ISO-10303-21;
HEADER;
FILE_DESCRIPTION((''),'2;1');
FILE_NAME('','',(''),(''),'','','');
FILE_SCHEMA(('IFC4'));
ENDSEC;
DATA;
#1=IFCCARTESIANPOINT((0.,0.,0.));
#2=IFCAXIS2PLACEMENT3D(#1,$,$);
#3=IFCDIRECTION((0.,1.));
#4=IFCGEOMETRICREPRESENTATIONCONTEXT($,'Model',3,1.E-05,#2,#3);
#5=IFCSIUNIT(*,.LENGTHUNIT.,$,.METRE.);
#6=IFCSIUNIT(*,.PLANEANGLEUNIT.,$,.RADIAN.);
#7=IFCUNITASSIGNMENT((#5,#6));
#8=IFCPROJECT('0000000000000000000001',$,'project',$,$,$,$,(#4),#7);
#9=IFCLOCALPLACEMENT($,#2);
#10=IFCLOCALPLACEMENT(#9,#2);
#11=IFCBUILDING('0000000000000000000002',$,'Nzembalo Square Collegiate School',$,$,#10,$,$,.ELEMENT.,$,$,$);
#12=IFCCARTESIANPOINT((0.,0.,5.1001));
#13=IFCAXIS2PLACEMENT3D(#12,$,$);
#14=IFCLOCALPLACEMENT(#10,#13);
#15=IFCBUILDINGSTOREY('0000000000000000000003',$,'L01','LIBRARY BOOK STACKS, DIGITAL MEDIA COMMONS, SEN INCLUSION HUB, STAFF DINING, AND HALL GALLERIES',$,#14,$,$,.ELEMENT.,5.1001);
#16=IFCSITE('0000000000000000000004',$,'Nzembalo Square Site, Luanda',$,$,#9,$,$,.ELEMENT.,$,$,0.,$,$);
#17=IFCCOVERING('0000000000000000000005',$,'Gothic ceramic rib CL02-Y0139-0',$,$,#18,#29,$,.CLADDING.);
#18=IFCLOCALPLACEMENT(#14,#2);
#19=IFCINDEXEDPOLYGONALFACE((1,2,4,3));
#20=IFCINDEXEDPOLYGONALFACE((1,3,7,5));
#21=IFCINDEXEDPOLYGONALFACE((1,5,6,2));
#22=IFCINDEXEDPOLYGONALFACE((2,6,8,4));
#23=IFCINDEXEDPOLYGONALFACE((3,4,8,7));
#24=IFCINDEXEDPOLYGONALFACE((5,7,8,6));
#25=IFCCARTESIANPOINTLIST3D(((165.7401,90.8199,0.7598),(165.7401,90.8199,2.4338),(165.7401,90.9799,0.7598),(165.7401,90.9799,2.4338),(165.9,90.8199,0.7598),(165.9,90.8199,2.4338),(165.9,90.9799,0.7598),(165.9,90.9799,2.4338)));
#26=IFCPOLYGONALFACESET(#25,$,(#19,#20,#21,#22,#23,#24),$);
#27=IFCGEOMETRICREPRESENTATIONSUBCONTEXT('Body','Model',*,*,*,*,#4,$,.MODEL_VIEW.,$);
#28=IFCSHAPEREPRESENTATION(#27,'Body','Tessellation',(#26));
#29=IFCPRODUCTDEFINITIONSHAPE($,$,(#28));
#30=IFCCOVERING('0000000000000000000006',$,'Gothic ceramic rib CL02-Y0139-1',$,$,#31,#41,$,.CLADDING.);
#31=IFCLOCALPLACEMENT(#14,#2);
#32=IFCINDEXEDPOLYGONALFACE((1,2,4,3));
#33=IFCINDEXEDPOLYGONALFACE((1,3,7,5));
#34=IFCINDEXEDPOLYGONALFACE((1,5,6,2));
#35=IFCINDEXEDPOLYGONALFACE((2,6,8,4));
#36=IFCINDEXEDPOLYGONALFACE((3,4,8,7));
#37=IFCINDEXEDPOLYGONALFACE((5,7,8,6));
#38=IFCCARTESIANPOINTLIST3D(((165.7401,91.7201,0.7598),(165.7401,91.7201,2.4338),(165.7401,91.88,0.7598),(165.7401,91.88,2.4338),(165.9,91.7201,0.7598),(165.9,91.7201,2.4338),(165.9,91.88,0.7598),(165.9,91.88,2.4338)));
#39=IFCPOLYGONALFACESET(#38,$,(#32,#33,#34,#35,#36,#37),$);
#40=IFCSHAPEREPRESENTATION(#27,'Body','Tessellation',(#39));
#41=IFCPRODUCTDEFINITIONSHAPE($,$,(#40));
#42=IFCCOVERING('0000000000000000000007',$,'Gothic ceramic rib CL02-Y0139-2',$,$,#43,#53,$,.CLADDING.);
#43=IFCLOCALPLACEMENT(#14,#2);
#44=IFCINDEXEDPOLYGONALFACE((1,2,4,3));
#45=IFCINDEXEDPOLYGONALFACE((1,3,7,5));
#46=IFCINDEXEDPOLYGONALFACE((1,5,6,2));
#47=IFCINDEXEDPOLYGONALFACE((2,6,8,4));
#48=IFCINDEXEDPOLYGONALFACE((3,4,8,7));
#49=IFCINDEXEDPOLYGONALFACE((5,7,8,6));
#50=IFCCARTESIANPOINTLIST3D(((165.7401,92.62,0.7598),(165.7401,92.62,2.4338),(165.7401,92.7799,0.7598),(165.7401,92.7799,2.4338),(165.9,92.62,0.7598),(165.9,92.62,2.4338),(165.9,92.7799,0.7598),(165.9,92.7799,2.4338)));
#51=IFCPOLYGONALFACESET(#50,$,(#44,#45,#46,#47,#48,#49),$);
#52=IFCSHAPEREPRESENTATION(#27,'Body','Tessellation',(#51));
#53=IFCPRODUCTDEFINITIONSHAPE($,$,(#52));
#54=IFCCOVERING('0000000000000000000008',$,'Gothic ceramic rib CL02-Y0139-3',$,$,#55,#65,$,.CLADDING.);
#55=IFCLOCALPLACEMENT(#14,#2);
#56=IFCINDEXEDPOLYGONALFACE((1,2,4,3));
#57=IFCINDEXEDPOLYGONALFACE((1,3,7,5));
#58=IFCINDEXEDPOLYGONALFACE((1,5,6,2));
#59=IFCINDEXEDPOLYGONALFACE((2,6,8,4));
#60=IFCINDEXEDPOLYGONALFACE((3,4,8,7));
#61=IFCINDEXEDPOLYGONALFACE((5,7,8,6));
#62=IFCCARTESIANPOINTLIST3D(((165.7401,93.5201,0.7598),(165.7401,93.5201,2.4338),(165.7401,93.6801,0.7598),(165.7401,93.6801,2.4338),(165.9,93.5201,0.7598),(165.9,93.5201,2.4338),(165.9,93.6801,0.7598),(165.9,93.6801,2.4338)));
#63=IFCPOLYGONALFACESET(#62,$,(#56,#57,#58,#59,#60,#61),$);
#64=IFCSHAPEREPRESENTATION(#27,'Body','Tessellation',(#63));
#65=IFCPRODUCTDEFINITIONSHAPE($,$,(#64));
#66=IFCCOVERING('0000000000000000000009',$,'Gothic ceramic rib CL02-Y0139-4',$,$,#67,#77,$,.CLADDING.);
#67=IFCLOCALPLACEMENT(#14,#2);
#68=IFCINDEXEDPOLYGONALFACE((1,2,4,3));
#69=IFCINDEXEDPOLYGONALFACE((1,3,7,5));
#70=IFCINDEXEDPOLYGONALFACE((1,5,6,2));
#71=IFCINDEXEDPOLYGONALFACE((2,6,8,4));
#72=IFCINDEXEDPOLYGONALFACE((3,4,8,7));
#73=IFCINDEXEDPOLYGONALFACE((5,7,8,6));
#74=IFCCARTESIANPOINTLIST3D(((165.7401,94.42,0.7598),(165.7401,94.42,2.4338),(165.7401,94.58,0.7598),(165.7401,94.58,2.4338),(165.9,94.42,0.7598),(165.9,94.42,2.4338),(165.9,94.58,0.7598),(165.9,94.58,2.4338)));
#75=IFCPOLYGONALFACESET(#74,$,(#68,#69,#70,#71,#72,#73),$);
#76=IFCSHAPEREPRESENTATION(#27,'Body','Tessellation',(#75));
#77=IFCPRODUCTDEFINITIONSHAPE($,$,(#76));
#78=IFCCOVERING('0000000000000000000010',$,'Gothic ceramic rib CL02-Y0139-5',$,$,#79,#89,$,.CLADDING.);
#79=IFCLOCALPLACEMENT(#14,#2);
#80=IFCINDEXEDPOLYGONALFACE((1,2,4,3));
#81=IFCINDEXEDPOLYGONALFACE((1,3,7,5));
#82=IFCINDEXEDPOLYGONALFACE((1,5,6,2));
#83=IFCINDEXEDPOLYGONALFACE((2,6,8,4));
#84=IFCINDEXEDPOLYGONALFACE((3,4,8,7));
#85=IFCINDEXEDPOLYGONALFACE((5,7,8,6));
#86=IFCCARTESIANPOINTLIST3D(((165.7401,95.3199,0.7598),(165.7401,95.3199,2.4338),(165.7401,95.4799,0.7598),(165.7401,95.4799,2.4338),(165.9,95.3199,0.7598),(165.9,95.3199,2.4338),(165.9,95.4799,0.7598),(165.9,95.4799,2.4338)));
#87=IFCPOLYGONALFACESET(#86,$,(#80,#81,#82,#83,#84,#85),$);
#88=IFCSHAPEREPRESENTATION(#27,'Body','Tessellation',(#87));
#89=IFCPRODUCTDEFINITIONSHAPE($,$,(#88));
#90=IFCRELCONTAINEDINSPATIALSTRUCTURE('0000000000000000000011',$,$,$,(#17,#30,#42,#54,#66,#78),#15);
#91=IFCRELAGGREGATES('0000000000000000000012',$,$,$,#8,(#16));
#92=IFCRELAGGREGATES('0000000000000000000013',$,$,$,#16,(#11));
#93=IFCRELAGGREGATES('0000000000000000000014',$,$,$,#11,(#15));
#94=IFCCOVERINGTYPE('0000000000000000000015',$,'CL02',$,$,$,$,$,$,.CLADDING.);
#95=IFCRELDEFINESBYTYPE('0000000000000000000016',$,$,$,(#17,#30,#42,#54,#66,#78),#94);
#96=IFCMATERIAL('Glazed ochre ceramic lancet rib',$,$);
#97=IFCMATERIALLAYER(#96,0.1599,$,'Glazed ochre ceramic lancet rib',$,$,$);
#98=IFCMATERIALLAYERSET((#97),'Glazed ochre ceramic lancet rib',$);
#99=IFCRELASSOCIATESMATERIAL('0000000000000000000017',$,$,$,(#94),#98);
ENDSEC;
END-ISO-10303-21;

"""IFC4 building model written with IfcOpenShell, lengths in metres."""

from ifc_helpers import new_model, si_unit, direction, frame, origin, origin_2d, place, context, subcontext, project, spatial, rectangle, extrude, material, layer, layer_set, type_object, element, save


model = new_model("IFC4")

# Units and contexts
model_context = context("Model", 3, precision=1e-05, world=origin(), true_north=direction((0.0, 1.0)))
body_context = subcontext(model_context, "Body", "Model", "MODEL_VIEW")
ifc_project = project(units=[si_unit("LENGTHUNIT", "METRE"), si_unit("PLANEANGLEUNIT", "RADIAN")], contexts=[model_context])

# Site, building, storey
site_placement = place(None, origin())
site = spatial("IfcSite", under=ifc_project, at=site_placement, Name="Nzembalo Square Site, Luanda", CompositionType="ELEMENT", RefElevation=0.0)
building_placement = place(site_placement, origin())
building = spatial("IfcBuilding", under=site, at=building_placement, Name="Nzembalo Square Collegiate School", CompositionType="ELEMENT")
storey_placement = place(building_placement, frame((0.0, 0.0, 5.1001)))
storey = spatial("IfcBuildingStorey", under=building, at=storey_placement, Name="L01", Description="LIBRARY BOOK STACKS, DIGITAL MEDIA COMMONS, SEN INCLUSION HUB, STAFF DINING, AND HALL GALLERIES", CompositionType="ELEMENT", Elevation=5.1001)

# Coverings
ifc_material_1 = material(Name="Glazed ochre ceramic lancet rib")
ifc_layer_1 = layer(ifc_material_1, 0.1599, Name="Glazed ochre ceramic lancet rib")
ifc_layer_set_1 = layer_set([ifc_layer_1], Name="Glazed ochre ceramic lancet rib")
covering_type_1 = type_object("IfcCoveringType", Name="CL02", PredefinedType="CLADDING", material=ifc_layer_set_1)
for number, where, z_axis, x_axis, name in (
    (1, (165.8201, 90.8999, 0.7598), (0.0, 0.0, 1.0), (1.0, 0.0, 0.0), "Gothic ceramic rib CL02-Y0139-0"),
    (2, (165.8201, 91.8, 0.7598), (0.0, 0.0, 1.0), (1.0, 0.0, 0.0), "Gothic ceramic rib CL02-Y0139-1"),
    (3, (165.8201, 92.7, 0.7598), (0.0, 0.0, 1.0), (1.0, 0.0, 0.0), "Gothic ceramic rib CL02-Y0139-2"),
    (4, (165.8201, 93.6001, 0.7598), (0.0, 0.0, 1.0), (1.0, 0.0, 0.0), "Gothic ceramic rib CL02-Y0139-3"),
    (5, (165.8201, 94.5, 0.7598), (0.0, 0.0, 1.0), (1.0, 0.0, 0.0), "Gothic ceramic rib CL02-Y0139-4"),
    (6, (165.8201, 95.3999, 0.7598), (0.0, 0.0, 1.0), (1.0, 0.0, 0.0), "Gothic ceramic rib CL02-Y0139-5"),
):
    element("IfcCovering", number, at=place(storey_placement, frame(where, z_axis=z_axis, x_axis=x_axis)), inside=storey, type_object=covering_type_1, Name=name, PredefinedType="CLADDING", context=body_context, shape_type="SweptSolid", body=[
        extrude(rectangle(XDim=0.1599, YDim=0.1599, at=origin_2d()), origin(), (0.0, 0.0, 1.0), 1.6741),
    ])

save(model, "model.ifc")
